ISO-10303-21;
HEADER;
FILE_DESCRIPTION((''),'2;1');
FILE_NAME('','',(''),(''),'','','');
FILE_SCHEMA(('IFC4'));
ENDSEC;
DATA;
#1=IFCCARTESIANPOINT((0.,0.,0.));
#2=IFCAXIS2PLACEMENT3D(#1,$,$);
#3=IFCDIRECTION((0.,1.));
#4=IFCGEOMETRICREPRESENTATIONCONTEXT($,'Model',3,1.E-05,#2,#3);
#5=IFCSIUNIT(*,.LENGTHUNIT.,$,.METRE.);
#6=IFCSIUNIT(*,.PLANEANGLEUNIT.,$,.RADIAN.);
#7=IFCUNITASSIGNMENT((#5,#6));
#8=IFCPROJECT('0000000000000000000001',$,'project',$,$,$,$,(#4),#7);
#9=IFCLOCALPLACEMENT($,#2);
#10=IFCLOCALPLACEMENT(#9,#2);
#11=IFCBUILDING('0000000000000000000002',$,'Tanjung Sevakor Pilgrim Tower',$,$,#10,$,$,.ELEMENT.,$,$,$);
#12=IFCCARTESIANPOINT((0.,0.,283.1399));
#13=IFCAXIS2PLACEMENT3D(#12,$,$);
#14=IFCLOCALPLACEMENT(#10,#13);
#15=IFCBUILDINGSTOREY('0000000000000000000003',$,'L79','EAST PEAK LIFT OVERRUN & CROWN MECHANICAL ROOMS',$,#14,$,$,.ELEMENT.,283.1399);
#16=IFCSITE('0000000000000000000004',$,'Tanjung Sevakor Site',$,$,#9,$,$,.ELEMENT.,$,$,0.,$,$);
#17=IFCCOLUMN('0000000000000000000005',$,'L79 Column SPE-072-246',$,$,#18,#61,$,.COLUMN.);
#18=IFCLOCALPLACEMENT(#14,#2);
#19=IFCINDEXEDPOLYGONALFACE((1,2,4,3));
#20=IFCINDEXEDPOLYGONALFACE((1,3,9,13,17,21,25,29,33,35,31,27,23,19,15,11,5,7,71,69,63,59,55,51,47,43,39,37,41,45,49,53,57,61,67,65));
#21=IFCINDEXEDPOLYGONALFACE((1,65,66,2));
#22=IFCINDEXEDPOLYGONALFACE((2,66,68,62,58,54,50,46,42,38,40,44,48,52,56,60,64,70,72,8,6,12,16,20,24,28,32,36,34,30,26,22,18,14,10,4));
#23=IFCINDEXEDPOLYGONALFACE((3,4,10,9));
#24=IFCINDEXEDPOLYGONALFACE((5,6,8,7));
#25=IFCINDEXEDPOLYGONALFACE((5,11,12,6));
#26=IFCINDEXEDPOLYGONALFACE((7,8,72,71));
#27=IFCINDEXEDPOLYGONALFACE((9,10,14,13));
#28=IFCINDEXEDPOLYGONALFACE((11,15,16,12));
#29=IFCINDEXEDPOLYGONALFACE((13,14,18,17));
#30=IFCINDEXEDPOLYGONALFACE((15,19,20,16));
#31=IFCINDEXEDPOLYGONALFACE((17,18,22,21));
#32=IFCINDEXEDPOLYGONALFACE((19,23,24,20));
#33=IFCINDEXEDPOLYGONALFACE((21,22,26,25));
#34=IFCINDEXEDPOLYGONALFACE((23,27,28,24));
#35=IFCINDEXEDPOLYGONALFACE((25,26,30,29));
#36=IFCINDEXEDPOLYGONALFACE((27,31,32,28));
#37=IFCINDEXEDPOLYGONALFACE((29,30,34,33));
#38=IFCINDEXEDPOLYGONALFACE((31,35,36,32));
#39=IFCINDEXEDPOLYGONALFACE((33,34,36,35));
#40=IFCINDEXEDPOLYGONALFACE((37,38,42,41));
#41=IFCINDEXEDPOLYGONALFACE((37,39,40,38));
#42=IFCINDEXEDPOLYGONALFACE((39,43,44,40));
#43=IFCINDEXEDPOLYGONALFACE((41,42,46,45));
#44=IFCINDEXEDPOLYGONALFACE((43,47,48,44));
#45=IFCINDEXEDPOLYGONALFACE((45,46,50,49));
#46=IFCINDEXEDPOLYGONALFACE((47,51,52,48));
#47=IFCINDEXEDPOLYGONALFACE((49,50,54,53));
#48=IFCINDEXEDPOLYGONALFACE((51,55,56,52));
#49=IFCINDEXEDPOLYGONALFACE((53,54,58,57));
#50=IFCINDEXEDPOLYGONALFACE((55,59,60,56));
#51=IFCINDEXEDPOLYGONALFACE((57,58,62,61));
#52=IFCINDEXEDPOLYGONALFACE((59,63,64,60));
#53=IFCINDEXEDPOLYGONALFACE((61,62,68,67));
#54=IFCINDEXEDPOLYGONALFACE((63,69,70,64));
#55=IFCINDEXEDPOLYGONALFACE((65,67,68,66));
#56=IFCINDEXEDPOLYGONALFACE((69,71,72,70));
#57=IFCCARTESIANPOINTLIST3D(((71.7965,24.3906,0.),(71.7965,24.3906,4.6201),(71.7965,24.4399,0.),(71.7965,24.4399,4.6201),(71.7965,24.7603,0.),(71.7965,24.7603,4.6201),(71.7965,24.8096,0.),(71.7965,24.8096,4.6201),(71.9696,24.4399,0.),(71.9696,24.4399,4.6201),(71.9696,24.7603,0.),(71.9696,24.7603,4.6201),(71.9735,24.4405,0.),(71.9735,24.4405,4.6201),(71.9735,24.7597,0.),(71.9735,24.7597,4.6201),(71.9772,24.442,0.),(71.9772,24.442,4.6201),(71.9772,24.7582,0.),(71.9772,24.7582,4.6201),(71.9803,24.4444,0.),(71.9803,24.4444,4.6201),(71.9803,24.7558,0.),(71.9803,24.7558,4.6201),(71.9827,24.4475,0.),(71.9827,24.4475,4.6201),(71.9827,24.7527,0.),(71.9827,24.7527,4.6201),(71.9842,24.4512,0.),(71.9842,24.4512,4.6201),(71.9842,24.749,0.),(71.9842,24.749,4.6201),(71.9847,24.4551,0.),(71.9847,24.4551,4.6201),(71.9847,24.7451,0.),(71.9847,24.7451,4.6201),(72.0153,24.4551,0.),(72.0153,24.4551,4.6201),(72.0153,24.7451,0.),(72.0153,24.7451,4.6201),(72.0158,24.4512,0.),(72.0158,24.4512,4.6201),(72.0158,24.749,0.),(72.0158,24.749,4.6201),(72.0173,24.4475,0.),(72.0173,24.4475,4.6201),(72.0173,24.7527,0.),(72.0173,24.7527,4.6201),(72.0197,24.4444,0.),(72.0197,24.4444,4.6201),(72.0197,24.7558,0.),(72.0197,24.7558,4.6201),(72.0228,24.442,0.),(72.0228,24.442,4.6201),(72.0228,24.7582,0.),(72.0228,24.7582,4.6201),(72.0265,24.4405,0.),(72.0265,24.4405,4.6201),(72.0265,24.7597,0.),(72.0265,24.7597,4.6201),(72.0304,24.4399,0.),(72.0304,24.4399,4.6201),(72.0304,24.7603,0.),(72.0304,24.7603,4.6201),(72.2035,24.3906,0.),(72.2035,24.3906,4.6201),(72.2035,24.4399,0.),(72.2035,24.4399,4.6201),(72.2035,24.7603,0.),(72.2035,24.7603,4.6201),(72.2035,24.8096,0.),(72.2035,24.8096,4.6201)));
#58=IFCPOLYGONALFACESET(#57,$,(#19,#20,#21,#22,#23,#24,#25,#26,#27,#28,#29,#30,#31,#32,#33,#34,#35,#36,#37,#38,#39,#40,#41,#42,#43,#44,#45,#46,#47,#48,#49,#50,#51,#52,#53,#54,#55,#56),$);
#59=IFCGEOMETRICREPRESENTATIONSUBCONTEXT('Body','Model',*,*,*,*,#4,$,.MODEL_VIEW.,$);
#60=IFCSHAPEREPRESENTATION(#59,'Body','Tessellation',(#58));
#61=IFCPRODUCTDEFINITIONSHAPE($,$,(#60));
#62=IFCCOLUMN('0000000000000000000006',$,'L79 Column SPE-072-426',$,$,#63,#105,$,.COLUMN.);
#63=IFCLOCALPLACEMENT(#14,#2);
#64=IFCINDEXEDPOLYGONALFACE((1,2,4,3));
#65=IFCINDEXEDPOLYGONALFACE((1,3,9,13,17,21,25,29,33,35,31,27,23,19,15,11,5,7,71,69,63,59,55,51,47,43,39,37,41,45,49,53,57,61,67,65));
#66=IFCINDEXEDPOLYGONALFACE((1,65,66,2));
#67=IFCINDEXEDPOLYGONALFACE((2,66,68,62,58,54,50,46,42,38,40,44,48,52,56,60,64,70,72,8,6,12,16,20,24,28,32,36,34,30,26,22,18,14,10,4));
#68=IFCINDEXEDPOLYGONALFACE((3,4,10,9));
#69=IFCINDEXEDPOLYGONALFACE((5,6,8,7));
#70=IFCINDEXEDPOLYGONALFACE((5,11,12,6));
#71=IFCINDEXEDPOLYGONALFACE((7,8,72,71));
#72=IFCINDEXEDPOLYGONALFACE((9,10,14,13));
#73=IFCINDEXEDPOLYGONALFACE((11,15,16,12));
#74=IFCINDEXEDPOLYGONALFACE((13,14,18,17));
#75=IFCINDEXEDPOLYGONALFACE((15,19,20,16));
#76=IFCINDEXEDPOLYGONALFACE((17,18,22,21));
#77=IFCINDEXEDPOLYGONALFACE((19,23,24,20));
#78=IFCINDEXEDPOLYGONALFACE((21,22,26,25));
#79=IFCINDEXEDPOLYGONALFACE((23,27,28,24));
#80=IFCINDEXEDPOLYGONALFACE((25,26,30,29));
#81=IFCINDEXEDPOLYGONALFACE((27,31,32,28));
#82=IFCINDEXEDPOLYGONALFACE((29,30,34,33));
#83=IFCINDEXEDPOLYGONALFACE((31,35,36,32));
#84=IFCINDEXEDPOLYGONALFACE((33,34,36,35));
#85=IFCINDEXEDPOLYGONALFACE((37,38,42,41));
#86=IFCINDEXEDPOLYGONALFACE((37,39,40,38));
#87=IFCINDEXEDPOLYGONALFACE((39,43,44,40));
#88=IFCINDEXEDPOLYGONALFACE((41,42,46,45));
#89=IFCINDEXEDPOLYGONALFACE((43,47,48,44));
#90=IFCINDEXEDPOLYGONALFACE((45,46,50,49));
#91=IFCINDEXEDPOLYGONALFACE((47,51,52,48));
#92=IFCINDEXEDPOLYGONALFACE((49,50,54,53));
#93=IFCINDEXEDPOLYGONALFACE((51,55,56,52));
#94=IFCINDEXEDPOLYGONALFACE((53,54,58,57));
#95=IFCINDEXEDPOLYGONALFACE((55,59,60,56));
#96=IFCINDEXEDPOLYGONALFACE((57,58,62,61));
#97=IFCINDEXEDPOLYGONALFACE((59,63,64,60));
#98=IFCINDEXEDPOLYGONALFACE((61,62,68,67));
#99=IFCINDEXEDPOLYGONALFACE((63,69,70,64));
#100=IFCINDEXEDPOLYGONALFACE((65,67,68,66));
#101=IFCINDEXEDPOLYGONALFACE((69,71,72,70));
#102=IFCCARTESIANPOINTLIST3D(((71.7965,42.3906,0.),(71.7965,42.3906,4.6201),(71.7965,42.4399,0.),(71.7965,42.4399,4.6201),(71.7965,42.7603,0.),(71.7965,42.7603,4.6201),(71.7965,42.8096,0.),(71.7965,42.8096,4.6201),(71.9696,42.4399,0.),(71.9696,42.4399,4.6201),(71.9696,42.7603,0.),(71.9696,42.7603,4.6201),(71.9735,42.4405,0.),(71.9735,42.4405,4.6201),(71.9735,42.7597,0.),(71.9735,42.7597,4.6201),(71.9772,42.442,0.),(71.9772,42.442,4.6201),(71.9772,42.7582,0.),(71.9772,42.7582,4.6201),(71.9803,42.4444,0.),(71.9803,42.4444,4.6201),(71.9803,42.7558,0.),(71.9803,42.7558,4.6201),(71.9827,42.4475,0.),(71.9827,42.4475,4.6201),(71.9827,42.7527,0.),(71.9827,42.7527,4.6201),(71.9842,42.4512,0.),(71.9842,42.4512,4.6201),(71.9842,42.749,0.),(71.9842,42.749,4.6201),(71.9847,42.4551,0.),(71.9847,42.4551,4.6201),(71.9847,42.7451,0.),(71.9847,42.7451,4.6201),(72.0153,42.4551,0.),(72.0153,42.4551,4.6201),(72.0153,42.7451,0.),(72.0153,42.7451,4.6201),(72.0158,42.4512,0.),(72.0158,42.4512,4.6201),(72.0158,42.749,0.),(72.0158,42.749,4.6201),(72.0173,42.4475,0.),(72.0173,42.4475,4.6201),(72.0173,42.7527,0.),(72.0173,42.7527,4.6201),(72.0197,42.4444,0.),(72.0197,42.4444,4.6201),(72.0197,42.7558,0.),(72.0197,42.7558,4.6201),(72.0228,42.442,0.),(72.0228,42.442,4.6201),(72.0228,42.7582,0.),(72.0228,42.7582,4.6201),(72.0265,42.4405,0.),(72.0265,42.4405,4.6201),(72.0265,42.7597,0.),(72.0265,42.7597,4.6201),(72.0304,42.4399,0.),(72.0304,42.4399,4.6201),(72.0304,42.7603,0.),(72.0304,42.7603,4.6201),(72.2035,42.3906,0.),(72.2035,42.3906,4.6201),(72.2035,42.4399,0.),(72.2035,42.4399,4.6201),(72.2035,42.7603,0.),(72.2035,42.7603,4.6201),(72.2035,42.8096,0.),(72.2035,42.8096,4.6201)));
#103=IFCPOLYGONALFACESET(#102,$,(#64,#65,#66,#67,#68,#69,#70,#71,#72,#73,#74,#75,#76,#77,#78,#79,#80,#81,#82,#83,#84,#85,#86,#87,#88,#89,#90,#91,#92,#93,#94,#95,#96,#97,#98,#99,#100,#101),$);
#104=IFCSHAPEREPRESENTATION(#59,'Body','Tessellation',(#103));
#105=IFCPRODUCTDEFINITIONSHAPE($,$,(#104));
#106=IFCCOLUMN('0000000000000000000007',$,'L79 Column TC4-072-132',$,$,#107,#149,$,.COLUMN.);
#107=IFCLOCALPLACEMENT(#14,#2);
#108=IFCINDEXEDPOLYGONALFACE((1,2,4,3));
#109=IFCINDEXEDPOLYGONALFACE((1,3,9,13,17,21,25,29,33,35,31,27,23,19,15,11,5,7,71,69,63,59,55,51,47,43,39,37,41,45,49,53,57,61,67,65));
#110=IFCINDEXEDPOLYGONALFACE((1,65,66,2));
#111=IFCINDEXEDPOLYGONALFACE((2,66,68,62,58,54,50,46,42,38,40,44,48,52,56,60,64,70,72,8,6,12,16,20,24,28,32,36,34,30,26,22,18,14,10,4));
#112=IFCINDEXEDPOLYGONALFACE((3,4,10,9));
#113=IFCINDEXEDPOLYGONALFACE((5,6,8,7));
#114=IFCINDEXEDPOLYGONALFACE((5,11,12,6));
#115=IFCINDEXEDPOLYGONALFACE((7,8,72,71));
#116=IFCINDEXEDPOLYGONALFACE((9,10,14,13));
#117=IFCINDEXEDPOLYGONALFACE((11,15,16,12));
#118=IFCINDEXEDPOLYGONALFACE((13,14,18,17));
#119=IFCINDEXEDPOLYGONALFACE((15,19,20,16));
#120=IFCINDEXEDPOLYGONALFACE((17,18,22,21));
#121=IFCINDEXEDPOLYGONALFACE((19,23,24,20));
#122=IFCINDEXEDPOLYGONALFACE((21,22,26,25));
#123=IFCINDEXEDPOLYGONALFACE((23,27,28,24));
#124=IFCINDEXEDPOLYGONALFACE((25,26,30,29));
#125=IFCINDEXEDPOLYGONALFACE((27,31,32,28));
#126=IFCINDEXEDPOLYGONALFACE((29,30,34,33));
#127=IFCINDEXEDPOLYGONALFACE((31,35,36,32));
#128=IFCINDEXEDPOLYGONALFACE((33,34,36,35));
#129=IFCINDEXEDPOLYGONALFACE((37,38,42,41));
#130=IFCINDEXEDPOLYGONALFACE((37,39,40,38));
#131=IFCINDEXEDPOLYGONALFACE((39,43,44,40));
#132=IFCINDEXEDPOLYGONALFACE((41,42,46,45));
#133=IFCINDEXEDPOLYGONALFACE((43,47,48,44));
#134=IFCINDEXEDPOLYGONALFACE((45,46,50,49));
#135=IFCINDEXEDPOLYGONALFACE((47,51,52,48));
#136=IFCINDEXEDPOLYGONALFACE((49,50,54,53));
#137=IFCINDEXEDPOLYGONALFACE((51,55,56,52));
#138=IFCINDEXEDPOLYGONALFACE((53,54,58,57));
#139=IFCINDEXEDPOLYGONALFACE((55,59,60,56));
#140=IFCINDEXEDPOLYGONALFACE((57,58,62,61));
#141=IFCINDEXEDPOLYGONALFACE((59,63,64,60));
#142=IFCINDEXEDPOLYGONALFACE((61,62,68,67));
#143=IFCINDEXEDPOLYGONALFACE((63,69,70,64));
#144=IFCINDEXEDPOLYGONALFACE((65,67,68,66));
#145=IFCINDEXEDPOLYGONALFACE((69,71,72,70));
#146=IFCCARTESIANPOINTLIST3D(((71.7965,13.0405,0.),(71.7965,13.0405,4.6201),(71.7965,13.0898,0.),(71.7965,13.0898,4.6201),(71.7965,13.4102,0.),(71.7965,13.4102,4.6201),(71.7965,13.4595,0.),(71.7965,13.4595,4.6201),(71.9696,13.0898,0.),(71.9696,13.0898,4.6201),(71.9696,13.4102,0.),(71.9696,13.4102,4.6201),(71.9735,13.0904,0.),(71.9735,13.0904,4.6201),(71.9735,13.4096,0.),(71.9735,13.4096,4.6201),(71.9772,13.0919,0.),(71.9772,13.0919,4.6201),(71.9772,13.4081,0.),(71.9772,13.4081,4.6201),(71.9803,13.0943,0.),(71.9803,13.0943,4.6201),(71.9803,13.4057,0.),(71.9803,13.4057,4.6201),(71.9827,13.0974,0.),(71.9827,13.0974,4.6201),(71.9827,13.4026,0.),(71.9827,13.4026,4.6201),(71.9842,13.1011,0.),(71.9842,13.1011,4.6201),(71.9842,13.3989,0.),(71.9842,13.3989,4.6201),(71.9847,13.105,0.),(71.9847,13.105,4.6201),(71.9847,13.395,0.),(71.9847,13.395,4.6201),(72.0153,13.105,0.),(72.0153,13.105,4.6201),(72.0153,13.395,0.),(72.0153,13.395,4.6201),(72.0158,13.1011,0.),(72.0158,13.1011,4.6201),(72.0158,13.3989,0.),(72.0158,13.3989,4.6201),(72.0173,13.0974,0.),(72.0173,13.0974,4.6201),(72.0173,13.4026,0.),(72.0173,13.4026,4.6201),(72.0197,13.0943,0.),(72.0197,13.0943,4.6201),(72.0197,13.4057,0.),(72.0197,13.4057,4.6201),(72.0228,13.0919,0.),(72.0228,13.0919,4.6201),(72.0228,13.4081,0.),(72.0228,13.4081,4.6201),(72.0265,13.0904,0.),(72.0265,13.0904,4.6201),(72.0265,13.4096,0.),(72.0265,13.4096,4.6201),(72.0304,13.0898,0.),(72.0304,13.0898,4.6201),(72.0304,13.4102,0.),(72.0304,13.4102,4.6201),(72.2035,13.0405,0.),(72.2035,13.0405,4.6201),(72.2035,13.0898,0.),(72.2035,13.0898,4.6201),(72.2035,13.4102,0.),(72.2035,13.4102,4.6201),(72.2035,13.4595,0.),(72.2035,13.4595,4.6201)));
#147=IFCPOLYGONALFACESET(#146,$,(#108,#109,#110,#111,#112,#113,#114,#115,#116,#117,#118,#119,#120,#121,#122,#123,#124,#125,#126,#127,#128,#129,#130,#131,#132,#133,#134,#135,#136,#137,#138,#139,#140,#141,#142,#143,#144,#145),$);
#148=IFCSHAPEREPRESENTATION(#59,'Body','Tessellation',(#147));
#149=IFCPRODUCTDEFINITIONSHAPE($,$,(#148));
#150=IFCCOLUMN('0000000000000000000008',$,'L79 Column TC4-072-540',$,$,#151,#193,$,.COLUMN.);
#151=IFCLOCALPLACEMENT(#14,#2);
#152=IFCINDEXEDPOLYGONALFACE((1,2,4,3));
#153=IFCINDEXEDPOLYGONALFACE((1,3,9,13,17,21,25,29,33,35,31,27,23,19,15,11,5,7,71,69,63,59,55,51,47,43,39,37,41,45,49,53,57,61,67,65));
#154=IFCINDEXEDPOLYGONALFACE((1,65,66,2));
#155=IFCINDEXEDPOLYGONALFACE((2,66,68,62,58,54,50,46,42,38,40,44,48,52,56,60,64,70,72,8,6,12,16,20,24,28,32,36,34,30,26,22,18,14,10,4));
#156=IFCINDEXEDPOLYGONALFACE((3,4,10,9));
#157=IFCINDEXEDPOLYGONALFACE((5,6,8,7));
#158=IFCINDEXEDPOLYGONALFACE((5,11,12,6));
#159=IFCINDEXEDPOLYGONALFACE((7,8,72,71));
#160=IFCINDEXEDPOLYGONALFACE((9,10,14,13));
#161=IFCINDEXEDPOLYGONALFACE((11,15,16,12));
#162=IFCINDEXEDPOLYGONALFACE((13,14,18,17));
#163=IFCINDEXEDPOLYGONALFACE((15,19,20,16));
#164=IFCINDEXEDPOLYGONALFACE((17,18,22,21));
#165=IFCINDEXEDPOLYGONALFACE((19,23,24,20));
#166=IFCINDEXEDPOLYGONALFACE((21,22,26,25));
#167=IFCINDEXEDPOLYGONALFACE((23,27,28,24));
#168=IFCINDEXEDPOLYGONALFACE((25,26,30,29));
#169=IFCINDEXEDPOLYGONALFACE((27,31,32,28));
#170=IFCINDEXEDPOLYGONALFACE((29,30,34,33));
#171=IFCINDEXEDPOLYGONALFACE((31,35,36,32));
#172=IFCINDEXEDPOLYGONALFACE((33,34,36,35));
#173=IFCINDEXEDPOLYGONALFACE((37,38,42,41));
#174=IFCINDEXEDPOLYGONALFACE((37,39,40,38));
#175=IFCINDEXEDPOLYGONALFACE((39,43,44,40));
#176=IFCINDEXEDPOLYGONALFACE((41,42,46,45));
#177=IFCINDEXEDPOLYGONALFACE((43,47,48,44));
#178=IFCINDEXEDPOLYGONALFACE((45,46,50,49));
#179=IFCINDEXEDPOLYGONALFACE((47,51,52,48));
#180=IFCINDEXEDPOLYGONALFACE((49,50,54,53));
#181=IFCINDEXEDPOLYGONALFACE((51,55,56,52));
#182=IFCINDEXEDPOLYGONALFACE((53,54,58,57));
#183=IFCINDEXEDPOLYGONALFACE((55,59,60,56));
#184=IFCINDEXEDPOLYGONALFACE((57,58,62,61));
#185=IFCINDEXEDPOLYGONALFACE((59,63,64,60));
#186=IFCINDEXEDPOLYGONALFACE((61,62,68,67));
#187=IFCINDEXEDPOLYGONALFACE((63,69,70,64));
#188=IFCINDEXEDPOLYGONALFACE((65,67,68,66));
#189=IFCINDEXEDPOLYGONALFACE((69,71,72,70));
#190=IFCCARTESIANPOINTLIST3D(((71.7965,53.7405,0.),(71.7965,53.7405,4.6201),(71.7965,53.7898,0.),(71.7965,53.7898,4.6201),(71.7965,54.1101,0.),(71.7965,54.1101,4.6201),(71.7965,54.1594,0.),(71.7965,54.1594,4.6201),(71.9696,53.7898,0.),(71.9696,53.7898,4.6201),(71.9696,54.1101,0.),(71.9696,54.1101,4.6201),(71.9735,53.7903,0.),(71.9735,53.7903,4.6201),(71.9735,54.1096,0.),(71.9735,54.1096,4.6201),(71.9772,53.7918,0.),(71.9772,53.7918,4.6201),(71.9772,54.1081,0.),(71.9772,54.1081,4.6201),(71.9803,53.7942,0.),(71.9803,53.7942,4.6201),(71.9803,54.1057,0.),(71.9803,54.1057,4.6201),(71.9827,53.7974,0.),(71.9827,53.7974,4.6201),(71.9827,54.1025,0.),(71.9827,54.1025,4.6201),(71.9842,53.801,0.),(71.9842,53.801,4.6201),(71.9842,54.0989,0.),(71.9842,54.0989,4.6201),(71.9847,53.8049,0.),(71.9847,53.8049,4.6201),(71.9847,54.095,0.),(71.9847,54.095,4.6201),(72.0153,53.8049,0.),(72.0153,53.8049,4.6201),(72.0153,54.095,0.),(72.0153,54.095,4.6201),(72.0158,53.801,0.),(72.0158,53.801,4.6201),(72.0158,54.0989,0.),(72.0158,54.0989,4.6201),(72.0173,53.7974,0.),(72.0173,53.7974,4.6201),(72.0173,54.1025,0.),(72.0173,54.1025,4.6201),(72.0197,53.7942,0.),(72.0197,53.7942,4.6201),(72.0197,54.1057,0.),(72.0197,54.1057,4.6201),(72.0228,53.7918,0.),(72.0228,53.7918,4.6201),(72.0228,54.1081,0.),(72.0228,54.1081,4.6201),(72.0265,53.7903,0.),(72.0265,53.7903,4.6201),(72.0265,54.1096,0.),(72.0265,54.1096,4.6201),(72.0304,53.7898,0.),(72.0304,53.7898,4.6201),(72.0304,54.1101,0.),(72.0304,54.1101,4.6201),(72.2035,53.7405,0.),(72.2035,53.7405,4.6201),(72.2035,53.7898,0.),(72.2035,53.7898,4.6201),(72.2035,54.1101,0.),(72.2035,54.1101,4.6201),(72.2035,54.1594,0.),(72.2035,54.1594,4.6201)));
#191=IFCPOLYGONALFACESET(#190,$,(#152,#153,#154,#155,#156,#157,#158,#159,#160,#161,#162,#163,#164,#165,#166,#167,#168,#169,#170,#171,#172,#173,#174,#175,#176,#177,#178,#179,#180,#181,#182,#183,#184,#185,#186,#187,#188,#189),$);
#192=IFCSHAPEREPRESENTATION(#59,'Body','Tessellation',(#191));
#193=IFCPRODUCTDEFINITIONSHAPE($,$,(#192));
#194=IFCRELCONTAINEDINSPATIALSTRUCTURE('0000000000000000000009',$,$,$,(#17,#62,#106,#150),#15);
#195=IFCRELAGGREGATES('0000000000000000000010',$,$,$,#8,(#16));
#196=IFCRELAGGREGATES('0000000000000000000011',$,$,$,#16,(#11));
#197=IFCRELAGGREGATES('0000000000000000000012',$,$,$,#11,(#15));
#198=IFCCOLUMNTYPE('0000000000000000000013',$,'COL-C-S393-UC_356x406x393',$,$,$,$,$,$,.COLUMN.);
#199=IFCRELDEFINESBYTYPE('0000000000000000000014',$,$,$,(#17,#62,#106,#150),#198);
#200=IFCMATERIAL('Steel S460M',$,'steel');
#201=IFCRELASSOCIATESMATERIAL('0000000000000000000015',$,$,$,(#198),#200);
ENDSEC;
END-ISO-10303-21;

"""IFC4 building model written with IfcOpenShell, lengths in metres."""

from ifc_helpers import new_model, si_unit, direction, frame, origin, origin_2d, place, context, subcontext, project, spatial, i_section, extrude, material, material_profile, profile_set, type_object, element, save


model = new_model("IFC4")

# Units and contexts
model_context = context("Model", 3, precision=1e-05, world=origin(), true_north=direction((0.0, 1.0)))
body_context = subcontext(model_context, "Body", "Model", "MODEL_VIEW")
ifc_project = project(units=[si_unit("LENGTHUNIT", "METRE"), si_unit("PLANEANGLEUNIT", "RADIAN")], contexts=[model_context])

# Site, building, storey
site_placement = place(None, origin())
site = spatial("IfcSite", under=ifc_project, at=site_placement, Name="Tanjung Sevakor Site", CompositionType="ELEMENT", RefElevation=0.0)
building_placement = place(site_placement, origin())
building = spatial("IfcBuilding", under=site, at=building_placement, Name="Tanjung Sevakor Pilgrim Tower", CompositionType="ELEMENT")
storey_placement = place(building_placement, frame((0.0, 0.0, 283.1399)))
storey = spatial("IfcBuildingStorey", under=building, at=storey_placement, Name="L79", Description="EAST PEAK LIFT OVERRUN & CROWN MECHANICAL ROOMS", CompositionType="ELEMENT", Elevation=283.1399)

# Columns
ifc_material_1 = material(Name="Steel S460M", Category="steel")
ifc_material_profile_1 = material_profile(ifc_material_1, i_section(OverallWidth=0.407, OverallDepth=0.4189, WebThickness=0.0305, FlangeThickness=0.0493, FilletRadius=0.0151, at=origin_2d()))
ifc_profile_set_1 = profile_set([ifc_material_profile_1], Name="Steel S460M")
column_type = type_object("IfcColumnType", Name="COL-C-S393-UC_356x406x393", PredefinedType="COLUMN", material=ifc_profile_set_1)
for number, where, z_axis, x_axis, name in (
    (1, (72.0, 24.6001, 0.0), (0.0, 0.0, 1.0), (1.0, 0.0, 0.0), "L79 Column SPE-072-246"),
    (2, (72.0, 42.6001, 0.0), (0.0, 0.0, 1.0), (1.0, 0.0, 0.0), "L79 Column SPE-072-426"),
    (3, (72.0, 13.25, 0.0), (0.0, 0.0, 1.0), (1.0, 0.0, 0.0), "L79 Column TC4-072-132"),
    (4, (72.0, 53.95, 0.0), (0.0, 0.0, 1.0), (1.0, 0.0, 0.0), "L79 Column TC4-072-540"),
):
    element("IfcColumn", number, at=place(storey_placement, frame(where, z_axis=z_axis, x_axis=x_axis)), inside=storey, type_object=column_type, Name=name, PredefinedType="COLUMN", context=body_context, shape_type="SweptSolid", body=[
        extrude(i_section(OverallWidth=0.407, OverallDepth=0.4189, WebThickness=0.0305, FlangeThickness=0.0493, FilletRadius=0.0151, at=origin_2d()), origin(), (0.0, 0.0, 1.0), 4.6201),
    ])

save(model, "model.ifc")
